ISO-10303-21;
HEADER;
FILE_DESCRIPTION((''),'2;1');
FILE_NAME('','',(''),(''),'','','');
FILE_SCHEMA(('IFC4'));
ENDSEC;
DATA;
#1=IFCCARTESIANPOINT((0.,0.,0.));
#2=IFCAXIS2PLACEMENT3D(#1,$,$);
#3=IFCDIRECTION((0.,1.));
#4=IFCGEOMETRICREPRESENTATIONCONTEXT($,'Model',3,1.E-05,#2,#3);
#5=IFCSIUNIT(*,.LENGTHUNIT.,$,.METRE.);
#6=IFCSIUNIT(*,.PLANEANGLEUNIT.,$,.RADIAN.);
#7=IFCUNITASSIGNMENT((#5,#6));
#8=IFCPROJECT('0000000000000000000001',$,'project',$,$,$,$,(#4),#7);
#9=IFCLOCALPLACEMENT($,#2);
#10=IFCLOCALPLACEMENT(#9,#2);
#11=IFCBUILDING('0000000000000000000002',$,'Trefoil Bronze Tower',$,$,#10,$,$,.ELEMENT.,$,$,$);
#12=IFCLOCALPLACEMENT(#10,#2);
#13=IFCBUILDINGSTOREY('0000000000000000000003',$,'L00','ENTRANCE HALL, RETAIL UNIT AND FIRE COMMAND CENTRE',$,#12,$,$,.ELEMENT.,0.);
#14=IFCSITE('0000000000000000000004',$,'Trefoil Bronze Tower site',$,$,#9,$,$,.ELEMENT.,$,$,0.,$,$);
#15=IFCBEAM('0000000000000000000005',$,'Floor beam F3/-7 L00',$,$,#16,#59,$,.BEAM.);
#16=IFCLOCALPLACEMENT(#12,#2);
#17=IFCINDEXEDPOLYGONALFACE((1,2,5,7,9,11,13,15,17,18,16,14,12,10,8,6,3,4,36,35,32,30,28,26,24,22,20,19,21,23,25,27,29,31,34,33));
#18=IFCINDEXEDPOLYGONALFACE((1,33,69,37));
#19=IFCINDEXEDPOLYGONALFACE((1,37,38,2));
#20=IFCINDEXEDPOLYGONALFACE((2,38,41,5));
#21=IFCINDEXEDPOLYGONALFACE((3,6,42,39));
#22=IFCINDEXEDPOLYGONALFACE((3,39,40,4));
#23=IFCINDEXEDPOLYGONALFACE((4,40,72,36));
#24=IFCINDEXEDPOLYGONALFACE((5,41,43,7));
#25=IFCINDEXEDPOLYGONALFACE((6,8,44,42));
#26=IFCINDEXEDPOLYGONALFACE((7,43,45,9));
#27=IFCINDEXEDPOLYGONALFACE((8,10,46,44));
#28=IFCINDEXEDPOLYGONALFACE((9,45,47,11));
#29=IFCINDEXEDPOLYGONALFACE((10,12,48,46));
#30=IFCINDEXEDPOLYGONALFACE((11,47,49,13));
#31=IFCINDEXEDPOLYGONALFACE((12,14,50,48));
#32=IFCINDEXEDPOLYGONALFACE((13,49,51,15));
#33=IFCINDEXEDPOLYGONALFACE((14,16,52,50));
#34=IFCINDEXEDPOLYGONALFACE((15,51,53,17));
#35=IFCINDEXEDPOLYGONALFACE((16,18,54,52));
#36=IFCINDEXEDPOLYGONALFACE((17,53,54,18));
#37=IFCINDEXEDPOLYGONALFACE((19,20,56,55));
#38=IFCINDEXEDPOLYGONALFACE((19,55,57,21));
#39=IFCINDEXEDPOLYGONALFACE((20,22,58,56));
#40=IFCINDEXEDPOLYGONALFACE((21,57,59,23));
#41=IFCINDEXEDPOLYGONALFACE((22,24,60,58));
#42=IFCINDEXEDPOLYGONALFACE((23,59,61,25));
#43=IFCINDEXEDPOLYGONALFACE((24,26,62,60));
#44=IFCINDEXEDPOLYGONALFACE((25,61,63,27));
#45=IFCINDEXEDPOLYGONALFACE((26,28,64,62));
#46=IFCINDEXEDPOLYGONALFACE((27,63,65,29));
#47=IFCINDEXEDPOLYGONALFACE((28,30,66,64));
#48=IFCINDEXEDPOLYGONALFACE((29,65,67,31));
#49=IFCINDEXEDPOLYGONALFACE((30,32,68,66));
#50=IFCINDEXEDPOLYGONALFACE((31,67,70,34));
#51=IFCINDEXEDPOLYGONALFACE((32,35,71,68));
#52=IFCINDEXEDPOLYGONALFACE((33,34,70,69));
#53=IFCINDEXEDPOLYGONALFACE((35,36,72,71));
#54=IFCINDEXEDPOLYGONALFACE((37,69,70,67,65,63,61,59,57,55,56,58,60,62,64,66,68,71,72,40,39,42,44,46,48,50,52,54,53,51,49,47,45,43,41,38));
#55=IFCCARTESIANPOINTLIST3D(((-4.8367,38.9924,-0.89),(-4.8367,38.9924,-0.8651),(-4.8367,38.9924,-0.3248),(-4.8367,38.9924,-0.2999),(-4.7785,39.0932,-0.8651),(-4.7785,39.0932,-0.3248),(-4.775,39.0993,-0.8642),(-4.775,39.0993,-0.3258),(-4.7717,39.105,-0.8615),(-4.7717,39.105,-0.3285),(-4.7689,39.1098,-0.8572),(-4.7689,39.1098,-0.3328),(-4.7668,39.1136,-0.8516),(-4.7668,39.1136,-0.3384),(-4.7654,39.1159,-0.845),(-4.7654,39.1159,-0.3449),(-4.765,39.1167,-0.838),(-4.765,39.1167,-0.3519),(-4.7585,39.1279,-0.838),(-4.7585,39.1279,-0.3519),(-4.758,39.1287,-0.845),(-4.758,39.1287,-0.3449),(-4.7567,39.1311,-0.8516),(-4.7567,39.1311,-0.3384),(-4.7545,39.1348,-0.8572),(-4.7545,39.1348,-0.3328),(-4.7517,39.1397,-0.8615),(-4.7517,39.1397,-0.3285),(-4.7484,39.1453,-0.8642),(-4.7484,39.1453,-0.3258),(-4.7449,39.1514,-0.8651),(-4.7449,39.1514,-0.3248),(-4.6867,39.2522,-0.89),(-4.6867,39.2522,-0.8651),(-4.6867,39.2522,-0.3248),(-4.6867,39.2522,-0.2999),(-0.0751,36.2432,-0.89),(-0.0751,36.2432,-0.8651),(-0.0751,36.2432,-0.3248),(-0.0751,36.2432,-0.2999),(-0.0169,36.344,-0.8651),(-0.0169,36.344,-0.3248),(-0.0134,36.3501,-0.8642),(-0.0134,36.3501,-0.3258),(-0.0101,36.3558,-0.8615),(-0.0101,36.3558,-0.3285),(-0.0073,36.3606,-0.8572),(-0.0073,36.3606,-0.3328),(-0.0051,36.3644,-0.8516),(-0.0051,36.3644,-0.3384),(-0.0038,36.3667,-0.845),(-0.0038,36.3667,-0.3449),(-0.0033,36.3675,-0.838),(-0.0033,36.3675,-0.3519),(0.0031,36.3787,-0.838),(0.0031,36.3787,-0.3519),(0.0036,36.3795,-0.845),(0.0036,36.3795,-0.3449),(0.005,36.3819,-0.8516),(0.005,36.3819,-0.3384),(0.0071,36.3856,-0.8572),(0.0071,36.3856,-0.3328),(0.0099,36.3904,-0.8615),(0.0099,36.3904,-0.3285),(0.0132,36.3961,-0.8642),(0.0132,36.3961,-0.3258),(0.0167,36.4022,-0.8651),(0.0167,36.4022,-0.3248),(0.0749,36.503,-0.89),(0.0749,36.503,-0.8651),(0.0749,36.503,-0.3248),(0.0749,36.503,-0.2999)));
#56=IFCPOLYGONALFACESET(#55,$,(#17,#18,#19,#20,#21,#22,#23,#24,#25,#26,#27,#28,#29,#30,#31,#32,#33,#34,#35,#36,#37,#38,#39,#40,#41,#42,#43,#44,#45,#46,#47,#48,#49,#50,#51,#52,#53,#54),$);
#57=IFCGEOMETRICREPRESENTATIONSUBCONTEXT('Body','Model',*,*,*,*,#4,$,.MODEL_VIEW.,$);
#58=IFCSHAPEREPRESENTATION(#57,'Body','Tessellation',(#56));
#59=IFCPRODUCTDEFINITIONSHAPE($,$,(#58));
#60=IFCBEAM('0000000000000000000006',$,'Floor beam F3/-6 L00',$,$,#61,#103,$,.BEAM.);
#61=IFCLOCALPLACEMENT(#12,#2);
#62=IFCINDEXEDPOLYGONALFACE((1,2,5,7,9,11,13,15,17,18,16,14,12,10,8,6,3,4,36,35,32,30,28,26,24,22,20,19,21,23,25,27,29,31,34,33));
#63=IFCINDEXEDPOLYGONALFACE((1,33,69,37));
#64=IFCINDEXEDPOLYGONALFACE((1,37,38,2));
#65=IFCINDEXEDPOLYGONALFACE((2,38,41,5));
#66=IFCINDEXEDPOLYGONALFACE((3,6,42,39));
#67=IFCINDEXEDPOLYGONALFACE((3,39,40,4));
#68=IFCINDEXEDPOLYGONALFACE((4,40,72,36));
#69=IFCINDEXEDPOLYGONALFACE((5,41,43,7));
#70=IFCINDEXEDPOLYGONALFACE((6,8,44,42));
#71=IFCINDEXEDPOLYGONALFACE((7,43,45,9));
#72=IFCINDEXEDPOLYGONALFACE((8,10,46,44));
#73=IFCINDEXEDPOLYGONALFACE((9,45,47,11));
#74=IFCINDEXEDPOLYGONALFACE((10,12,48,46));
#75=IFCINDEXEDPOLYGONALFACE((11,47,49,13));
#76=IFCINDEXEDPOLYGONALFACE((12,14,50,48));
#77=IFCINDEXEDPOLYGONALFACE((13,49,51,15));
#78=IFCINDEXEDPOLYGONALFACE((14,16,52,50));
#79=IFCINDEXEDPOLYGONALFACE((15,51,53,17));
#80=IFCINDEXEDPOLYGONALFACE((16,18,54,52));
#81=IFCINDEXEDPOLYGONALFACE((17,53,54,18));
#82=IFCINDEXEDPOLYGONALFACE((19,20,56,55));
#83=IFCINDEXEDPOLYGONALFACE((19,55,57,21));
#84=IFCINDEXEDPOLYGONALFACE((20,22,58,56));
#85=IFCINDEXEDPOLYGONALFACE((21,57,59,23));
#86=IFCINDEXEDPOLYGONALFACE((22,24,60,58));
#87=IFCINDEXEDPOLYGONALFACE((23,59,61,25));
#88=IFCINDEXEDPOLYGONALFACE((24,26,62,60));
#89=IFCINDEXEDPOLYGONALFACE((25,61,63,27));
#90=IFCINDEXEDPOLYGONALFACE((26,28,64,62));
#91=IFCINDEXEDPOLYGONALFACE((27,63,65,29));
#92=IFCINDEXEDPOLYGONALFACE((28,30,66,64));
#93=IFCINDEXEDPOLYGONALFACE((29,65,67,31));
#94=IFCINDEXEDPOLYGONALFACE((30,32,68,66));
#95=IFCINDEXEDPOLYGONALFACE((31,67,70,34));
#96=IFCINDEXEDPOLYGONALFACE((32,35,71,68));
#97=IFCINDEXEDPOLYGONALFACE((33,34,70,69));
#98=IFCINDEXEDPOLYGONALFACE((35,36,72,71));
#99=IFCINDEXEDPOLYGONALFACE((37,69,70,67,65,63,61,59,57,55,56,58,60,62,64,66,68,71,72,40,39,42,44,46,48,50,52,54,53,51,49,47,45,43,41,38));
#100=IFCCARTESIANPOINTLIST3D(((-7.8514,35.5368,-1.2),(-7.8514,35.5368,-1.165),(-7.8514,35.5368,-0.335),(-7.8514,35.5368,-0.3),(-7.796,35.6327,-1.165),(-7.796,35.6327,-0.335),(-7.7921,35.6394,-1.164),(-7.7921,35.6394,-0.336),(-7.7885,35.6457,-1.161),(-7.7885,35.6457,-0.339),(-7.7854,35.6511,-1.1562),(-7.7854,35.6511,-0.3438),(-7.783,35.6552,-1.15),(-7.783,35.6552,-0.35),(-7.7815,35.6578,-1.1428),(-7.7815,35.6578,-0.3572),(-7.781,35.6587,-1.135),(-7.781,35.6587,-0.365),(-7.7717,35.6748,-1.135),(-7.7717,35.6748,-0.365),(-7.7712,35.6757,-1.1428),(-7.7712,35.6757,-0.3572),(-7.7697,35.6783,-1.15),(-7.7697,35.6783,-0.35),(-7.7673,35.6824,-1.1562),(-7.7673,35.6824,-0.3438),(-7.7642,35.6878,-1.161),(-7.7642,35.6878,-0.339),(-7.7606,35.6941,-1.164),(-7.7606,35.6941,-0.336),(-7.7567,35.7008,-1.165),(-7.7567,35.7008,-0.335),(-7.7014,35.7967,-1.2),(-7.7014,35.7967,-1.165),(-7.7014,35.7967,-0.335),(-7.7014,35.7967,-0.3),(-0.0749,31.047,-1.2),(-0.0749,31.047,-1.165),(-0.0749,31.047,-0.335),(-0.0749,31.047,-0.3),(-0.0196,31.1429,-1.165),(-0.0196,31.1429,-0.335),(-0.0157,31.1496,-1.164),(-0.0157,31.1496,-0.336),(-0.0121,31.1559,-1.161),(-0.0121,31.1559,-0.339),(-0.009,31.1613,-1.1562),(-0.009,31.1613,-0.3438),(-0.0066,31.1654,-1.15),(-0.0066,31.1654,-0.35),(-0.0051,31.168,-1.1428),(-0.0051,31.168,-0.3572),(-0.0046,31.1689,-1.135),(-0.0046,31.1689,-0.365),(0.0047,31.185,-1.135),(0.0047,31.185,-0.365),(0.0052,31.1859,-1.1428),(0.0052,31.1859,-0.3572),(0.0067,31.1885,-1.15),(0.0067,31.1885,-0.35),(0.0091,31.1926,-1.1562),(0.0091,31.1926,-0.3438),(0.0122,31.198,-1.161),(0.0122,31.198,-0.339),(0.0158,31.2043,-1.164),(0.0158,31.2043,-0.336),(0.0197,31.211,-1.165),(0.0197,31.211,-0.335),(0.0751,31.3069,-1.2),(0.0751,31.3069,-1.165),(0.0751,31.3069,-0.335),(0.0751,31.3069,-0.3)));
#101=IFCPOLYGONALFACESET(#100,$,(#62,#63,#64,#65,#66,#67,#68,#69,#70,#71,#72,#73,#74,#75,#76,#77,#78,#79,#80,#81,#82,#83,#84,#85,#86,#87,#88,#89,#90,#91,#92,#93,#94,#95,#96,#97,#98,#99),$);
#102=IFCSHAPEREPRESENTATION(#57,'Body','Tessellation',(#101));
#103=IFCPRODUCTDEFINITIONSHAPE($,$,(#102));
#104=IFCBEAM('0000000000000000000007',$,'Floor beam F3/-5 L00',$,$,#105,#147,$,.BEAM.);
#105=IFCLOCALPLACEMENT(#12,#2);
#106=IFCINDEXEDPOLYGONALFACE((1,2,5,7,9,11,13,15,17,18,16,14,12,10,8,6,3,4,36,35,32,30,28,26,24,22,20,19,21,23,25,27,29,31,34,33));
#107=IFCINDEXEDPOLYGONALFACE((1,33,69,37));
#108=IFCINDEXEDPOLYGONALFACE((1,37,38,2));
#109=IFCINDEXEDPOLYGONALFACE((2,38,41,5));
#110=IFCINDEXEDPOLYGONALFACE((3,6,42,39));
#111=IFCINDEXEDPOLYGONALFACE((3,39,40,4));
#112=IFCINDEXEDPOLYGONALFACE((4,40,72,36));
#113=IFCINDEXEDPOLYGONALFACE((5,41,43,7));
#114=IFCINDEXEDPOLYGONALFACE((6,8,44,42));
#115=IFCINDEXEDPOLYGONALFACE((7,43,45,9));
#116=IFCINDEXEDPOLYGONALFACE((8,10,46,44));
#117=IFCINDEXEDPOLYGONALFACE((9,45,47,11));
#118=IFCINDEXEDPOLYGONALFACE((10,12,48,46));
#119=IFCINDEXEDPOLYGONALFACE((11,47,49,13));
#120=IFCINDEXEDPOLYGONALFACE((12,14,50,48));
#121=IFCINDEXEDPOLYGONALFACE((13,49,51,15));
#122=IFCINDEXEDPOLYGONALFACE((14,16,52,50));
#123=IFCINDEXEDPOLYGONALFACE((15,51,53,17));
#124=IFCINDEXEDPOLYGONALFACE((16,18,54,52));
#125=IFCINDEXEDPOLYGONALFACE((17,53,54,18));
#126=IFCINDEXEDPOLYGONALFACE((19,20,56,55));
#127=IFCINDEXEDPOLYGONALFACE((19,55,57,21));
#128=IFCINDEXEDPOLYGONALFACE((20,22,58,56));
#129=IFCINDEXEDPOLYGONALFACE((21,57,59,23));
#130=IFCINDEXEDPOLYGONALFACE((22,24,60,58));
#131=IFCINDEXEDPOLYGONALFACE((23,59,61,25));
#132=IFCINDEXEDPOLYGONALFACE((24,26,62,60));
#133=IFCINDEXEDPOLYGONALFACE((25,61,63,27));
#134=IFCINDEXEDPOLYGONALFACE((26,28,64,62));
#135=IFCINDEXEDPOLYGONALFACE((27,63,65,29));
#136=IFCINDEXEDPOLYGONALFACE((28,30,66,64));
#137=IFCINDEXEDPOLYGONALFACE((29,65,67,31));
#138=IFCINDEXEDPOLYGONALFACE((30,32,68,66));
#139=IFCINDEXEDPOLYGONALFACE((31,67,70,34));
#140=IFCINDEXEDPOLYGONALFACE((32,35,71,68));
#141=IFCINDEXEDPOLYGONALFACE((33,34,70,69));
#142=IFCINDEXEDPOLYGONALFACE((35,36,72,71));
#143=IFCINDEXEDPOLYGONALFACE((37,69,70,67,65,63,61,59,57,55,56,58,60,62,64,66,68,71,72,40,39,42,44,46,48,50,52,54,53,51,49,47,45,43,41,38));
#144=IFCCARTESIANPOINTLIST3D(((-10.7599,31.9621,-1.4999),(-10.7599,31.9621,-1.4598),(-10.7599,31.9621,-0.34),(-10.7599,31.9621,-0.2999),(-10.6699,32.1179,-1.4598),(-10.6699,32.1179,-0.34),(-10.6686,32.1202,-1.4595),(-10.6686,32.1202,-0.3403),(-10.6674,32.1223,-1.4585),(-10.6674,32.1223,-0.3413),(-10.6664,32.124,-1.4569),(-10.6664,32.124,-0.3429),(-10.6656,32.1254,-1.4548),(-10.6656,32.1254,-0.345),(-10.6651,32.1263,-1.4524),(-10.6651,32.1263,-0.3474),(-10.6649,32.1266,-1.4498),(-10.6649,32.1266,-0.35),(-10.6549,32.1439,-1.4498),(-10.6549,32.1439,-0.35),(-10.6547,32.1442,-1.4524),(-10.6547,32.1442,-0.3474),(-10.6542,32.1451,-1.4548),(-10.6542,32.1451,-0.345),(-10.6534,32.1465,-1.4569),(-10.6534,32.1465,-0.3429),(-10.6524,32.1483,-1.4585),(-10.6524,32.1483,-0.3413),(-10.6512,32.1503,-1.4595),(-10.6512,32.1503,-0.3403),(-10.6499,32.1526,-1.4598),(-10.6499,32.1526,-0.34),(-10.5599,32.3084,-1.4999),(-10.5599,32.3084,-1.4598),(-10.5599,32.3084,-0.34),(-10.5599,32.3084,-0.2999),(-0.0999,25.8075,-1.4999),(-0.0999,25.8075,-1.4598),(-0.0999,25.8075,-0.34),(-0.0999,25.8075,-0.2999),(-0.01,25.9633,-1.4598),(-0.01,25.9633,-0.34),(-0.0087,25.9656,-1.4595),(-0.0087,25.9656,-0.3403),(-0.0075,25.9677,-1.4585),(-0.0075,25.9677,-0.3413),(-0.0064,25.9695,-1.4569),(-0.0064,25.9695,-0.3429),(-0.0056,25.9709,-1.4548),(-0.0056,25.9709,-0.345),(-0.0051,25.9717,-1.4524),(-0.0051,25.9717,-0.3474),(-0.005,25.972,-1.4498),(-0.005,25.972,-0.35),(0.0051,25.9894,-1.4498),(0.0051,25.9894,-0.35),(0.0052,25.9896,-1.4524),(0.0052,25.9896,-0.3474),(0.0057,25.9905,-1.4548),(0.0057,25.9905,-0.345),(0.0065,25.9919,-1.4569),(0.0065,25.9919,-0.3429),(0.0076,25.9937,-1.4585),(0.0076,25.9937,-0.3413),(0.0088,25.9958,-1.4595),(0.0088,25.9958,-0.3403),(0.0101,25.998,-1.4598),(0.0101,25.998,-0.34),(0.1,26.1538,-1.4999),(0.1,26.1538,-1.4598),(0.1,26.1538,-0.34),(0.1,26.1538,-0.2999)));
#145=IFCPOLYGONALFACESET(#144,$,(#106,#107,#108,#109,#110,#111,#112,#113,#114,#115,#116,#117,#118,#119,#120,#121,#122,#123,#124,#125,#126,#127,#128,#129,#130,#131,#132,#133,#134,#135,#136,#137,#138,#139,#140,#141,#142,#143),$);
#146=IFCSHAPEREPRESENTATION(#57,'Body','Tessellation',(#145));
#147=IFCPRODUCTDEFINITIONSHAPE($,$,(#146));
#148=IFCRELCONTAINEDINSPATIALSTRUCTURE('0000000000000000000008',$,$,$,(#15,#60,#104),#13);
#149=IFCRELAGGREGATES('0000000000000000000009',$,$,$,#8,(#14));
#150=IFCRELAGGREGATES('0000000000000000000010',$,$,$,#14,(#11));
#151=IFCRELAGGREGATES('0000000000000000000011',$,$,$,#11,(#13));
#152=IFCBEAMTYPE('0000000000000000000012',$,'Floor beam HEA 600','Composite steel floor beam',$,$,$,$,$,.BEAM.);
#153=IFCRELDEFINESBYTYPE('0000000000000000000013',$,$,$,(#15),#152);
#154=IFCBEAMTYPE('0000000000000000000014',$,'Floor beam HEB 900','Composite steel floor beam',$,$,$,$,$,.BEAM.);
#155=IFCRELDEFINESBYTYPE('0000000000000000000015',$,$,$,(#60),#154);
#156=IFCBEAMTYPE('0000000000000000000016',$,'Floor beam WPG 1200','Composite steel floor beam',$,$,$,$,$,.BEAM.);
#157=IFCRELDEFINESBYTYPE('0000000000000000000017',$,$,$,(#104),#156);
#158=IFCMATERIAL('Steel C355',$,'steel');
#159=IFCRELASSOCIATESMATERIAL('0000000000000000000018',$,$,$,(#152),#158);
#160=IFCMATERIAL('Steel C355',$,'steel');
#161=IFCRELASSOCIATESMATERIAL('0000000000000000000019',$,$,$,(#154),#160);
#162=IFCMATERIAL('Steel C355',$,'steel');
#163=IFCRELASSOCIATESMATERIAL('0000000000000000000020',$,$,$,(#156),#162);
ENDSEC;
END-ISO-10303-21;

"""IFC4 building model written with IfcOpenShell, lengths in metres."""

from ifc_helpers import new_model, si_unit, direction, frame, origin, origin_2d, place, context, subcontext, project, spatial, i_section, extrude, material, material_profile, profile_set, type_object, element, save


model = new_model("IFC4")

# Units and contexts
model_context = context("Model", 3, precision=1e-05, world=origin(), true_north=direction((0.0, 1.0)))
body_context = subcontext(model_context, "Body", "Model", "MODEL_VIEW")
ifc_project = project(units=[si_unit("LENGTHUNIT", "METRE"), si_unit("PLANEANGLEUNIT", "RADIAN")], contexts=[model_context])

# Site, building, storey
site_placement = place(None, origin())
site = spatial("IfcSite", under=ifc_project, at=site_placement, Name="Trefoil Bronze Tower site", CompositionType="ELEMENT", RefElevation=0.0)
building_placement = place(site_placement, origin())
building = spatial("IfcBuilding", under=site, at=building_placement, Name="Trefoil Bronze Tower", CompositionType="ELEMENT")
storey_placement = place(building_placement, origin())
storey = spatial("IfcBuildingStorey", under=building, at=storey_placement, Name="L00", Description="ENTRANCE HALL, RETAIL UNIT AND FIRE COMMAND CENTRE", CompositionType="ELEMENT", Elevation=0.0)

# Beams
ifc_material_1 = material(Name="Steel C355", Category="steel")
ifc_material_profile_1 = material_profile(ifc_material_1, i_section(OverallWidth=0.3, OverallDepth=0.5901, WebThickness=0.0129, FlangeThickness=0.0249, FilletRadius=0.0271, at=origin_2d()), Name="HEA 600")
ifc_profile_set_1 = profile_set([ifc_material_profile_1], Name="Steel C355")
beam_type_1 = type_object("IfcBeamType", Name="Floor beam HEA 600", Description="Composite steel floor beam", PredefinedType="BEAM", material=ifc_profile_set_1)
beam_1_placement = place(storey_placement, frame((-4.7617, 39.1223, -0.595), z_axis=(0.866018, -0.500012, 0.0), x_axis=(0.500012, 0.866018, 0.0)))
element("IfcBeam", 1, at=beam_1_placement, inside=storey, type_object=beam_type_1, Name="Floor beam F3/-7 L00", PredefinedType="BEAM", context=body_context, shape_type="SweptSolid", body=[
    extrude(i_section(OverallWidth=0.3, OverallDepth=0.5901, WebThickness=0.0129, FlangeThickness=0.0249, FilletRadius=0.0271, at=origin_2d()), origin(), (0.0, 0.0, 1.0), 5.4983),
])
ifc_material_2 = material(Name="Steel C355", Category="steel")
ifc_material_profile_2 = material_profile(ifc_material_2, i_section(OverallWidth=0.3, OverallDepth=0.8999, WebThickness=0.0186, FlangeThickness=0.0349, FilletRadius=0.03, at=origin_2d()), Name="HEB 900")
ifc_profile_set_2 = profile_set([ifc_material_profile_2], Name="Steel C355")
beam_type_2 = type_object("IfcBeamType", Name="Floor beam HEB 900", Description="Composite steel floor beam", PredefinedType="BEAM", material=ifc_profile_set_2)
beam_2_placement = place(storey_placement, frame((-7.7764, 35.6667, -0.75), z_axis=(0.866023, -0.500005, 0.0), x_axis=(0.500005, 0.866023, 0.0)))
element("IfcBeam", 2, at=beam_2_placement, inside=storey, type_object=beam_type_2, Name="Floor beam F3/-6 L00", PredefinedType="BEAM", context=body_context, shape_type="SweptSolid", body=[
    extrude(i_section(OverallWidth=0.3, OverallDepth=0.8999, WebThickness=0.0186, FlangeThickness=0.0349, FilletRadius=0.03, at=origin_2d()), origin(), (0.0, 0.0, 1.0), 8.9795),
])
ifc_material_3 = material(Name="Steel C355", Category="steel")
ifc_material_profile_3 = material_profile(ifc_material_3, i_section(OverallWidth=0.3999, OverallDepth=1.2, WebThickness=0.02, FlangeThickness=0.04, FilletRadius=0.01, at=origin_2d()), Name="WPG 1200")
ifc_profile_set_3 = profile_set([ifc_material_profile_3], Name="Steel C355")
beam_type_3 = type_object("IfcBeamType", Name="Floor beam WPG 1200", Description="Composite steel floor beam", PredefinedType="BEAM", material=ifc_profile_set_3)
beam_3_placement = place(storey_placement, frame((-10.6599, 32.1353, -0.8999), z_axis=(0.866024, -0.500002, 0.0), x_axis=(0.500002, 0.866024, 0.0)))
element("IfcBeam", 3, at=beam_3_placement, inside=storey, type_object=beam_type_3, Name="Floor beam F3/-5 L00", PredefinedType="BEAM", context=body_context, shape_type="SweptSolid", body=[
    extrude(i_section(OverallWidth=0.3999, OverallDepth=1.2, WebThickness=0.02, FlangeThickness=0.04, FilletRadius=0.01, at=origin_2d()), origin(), (0.0, 0.0, 1.0), 12.3091),
])

save(model, "model.ifc")
